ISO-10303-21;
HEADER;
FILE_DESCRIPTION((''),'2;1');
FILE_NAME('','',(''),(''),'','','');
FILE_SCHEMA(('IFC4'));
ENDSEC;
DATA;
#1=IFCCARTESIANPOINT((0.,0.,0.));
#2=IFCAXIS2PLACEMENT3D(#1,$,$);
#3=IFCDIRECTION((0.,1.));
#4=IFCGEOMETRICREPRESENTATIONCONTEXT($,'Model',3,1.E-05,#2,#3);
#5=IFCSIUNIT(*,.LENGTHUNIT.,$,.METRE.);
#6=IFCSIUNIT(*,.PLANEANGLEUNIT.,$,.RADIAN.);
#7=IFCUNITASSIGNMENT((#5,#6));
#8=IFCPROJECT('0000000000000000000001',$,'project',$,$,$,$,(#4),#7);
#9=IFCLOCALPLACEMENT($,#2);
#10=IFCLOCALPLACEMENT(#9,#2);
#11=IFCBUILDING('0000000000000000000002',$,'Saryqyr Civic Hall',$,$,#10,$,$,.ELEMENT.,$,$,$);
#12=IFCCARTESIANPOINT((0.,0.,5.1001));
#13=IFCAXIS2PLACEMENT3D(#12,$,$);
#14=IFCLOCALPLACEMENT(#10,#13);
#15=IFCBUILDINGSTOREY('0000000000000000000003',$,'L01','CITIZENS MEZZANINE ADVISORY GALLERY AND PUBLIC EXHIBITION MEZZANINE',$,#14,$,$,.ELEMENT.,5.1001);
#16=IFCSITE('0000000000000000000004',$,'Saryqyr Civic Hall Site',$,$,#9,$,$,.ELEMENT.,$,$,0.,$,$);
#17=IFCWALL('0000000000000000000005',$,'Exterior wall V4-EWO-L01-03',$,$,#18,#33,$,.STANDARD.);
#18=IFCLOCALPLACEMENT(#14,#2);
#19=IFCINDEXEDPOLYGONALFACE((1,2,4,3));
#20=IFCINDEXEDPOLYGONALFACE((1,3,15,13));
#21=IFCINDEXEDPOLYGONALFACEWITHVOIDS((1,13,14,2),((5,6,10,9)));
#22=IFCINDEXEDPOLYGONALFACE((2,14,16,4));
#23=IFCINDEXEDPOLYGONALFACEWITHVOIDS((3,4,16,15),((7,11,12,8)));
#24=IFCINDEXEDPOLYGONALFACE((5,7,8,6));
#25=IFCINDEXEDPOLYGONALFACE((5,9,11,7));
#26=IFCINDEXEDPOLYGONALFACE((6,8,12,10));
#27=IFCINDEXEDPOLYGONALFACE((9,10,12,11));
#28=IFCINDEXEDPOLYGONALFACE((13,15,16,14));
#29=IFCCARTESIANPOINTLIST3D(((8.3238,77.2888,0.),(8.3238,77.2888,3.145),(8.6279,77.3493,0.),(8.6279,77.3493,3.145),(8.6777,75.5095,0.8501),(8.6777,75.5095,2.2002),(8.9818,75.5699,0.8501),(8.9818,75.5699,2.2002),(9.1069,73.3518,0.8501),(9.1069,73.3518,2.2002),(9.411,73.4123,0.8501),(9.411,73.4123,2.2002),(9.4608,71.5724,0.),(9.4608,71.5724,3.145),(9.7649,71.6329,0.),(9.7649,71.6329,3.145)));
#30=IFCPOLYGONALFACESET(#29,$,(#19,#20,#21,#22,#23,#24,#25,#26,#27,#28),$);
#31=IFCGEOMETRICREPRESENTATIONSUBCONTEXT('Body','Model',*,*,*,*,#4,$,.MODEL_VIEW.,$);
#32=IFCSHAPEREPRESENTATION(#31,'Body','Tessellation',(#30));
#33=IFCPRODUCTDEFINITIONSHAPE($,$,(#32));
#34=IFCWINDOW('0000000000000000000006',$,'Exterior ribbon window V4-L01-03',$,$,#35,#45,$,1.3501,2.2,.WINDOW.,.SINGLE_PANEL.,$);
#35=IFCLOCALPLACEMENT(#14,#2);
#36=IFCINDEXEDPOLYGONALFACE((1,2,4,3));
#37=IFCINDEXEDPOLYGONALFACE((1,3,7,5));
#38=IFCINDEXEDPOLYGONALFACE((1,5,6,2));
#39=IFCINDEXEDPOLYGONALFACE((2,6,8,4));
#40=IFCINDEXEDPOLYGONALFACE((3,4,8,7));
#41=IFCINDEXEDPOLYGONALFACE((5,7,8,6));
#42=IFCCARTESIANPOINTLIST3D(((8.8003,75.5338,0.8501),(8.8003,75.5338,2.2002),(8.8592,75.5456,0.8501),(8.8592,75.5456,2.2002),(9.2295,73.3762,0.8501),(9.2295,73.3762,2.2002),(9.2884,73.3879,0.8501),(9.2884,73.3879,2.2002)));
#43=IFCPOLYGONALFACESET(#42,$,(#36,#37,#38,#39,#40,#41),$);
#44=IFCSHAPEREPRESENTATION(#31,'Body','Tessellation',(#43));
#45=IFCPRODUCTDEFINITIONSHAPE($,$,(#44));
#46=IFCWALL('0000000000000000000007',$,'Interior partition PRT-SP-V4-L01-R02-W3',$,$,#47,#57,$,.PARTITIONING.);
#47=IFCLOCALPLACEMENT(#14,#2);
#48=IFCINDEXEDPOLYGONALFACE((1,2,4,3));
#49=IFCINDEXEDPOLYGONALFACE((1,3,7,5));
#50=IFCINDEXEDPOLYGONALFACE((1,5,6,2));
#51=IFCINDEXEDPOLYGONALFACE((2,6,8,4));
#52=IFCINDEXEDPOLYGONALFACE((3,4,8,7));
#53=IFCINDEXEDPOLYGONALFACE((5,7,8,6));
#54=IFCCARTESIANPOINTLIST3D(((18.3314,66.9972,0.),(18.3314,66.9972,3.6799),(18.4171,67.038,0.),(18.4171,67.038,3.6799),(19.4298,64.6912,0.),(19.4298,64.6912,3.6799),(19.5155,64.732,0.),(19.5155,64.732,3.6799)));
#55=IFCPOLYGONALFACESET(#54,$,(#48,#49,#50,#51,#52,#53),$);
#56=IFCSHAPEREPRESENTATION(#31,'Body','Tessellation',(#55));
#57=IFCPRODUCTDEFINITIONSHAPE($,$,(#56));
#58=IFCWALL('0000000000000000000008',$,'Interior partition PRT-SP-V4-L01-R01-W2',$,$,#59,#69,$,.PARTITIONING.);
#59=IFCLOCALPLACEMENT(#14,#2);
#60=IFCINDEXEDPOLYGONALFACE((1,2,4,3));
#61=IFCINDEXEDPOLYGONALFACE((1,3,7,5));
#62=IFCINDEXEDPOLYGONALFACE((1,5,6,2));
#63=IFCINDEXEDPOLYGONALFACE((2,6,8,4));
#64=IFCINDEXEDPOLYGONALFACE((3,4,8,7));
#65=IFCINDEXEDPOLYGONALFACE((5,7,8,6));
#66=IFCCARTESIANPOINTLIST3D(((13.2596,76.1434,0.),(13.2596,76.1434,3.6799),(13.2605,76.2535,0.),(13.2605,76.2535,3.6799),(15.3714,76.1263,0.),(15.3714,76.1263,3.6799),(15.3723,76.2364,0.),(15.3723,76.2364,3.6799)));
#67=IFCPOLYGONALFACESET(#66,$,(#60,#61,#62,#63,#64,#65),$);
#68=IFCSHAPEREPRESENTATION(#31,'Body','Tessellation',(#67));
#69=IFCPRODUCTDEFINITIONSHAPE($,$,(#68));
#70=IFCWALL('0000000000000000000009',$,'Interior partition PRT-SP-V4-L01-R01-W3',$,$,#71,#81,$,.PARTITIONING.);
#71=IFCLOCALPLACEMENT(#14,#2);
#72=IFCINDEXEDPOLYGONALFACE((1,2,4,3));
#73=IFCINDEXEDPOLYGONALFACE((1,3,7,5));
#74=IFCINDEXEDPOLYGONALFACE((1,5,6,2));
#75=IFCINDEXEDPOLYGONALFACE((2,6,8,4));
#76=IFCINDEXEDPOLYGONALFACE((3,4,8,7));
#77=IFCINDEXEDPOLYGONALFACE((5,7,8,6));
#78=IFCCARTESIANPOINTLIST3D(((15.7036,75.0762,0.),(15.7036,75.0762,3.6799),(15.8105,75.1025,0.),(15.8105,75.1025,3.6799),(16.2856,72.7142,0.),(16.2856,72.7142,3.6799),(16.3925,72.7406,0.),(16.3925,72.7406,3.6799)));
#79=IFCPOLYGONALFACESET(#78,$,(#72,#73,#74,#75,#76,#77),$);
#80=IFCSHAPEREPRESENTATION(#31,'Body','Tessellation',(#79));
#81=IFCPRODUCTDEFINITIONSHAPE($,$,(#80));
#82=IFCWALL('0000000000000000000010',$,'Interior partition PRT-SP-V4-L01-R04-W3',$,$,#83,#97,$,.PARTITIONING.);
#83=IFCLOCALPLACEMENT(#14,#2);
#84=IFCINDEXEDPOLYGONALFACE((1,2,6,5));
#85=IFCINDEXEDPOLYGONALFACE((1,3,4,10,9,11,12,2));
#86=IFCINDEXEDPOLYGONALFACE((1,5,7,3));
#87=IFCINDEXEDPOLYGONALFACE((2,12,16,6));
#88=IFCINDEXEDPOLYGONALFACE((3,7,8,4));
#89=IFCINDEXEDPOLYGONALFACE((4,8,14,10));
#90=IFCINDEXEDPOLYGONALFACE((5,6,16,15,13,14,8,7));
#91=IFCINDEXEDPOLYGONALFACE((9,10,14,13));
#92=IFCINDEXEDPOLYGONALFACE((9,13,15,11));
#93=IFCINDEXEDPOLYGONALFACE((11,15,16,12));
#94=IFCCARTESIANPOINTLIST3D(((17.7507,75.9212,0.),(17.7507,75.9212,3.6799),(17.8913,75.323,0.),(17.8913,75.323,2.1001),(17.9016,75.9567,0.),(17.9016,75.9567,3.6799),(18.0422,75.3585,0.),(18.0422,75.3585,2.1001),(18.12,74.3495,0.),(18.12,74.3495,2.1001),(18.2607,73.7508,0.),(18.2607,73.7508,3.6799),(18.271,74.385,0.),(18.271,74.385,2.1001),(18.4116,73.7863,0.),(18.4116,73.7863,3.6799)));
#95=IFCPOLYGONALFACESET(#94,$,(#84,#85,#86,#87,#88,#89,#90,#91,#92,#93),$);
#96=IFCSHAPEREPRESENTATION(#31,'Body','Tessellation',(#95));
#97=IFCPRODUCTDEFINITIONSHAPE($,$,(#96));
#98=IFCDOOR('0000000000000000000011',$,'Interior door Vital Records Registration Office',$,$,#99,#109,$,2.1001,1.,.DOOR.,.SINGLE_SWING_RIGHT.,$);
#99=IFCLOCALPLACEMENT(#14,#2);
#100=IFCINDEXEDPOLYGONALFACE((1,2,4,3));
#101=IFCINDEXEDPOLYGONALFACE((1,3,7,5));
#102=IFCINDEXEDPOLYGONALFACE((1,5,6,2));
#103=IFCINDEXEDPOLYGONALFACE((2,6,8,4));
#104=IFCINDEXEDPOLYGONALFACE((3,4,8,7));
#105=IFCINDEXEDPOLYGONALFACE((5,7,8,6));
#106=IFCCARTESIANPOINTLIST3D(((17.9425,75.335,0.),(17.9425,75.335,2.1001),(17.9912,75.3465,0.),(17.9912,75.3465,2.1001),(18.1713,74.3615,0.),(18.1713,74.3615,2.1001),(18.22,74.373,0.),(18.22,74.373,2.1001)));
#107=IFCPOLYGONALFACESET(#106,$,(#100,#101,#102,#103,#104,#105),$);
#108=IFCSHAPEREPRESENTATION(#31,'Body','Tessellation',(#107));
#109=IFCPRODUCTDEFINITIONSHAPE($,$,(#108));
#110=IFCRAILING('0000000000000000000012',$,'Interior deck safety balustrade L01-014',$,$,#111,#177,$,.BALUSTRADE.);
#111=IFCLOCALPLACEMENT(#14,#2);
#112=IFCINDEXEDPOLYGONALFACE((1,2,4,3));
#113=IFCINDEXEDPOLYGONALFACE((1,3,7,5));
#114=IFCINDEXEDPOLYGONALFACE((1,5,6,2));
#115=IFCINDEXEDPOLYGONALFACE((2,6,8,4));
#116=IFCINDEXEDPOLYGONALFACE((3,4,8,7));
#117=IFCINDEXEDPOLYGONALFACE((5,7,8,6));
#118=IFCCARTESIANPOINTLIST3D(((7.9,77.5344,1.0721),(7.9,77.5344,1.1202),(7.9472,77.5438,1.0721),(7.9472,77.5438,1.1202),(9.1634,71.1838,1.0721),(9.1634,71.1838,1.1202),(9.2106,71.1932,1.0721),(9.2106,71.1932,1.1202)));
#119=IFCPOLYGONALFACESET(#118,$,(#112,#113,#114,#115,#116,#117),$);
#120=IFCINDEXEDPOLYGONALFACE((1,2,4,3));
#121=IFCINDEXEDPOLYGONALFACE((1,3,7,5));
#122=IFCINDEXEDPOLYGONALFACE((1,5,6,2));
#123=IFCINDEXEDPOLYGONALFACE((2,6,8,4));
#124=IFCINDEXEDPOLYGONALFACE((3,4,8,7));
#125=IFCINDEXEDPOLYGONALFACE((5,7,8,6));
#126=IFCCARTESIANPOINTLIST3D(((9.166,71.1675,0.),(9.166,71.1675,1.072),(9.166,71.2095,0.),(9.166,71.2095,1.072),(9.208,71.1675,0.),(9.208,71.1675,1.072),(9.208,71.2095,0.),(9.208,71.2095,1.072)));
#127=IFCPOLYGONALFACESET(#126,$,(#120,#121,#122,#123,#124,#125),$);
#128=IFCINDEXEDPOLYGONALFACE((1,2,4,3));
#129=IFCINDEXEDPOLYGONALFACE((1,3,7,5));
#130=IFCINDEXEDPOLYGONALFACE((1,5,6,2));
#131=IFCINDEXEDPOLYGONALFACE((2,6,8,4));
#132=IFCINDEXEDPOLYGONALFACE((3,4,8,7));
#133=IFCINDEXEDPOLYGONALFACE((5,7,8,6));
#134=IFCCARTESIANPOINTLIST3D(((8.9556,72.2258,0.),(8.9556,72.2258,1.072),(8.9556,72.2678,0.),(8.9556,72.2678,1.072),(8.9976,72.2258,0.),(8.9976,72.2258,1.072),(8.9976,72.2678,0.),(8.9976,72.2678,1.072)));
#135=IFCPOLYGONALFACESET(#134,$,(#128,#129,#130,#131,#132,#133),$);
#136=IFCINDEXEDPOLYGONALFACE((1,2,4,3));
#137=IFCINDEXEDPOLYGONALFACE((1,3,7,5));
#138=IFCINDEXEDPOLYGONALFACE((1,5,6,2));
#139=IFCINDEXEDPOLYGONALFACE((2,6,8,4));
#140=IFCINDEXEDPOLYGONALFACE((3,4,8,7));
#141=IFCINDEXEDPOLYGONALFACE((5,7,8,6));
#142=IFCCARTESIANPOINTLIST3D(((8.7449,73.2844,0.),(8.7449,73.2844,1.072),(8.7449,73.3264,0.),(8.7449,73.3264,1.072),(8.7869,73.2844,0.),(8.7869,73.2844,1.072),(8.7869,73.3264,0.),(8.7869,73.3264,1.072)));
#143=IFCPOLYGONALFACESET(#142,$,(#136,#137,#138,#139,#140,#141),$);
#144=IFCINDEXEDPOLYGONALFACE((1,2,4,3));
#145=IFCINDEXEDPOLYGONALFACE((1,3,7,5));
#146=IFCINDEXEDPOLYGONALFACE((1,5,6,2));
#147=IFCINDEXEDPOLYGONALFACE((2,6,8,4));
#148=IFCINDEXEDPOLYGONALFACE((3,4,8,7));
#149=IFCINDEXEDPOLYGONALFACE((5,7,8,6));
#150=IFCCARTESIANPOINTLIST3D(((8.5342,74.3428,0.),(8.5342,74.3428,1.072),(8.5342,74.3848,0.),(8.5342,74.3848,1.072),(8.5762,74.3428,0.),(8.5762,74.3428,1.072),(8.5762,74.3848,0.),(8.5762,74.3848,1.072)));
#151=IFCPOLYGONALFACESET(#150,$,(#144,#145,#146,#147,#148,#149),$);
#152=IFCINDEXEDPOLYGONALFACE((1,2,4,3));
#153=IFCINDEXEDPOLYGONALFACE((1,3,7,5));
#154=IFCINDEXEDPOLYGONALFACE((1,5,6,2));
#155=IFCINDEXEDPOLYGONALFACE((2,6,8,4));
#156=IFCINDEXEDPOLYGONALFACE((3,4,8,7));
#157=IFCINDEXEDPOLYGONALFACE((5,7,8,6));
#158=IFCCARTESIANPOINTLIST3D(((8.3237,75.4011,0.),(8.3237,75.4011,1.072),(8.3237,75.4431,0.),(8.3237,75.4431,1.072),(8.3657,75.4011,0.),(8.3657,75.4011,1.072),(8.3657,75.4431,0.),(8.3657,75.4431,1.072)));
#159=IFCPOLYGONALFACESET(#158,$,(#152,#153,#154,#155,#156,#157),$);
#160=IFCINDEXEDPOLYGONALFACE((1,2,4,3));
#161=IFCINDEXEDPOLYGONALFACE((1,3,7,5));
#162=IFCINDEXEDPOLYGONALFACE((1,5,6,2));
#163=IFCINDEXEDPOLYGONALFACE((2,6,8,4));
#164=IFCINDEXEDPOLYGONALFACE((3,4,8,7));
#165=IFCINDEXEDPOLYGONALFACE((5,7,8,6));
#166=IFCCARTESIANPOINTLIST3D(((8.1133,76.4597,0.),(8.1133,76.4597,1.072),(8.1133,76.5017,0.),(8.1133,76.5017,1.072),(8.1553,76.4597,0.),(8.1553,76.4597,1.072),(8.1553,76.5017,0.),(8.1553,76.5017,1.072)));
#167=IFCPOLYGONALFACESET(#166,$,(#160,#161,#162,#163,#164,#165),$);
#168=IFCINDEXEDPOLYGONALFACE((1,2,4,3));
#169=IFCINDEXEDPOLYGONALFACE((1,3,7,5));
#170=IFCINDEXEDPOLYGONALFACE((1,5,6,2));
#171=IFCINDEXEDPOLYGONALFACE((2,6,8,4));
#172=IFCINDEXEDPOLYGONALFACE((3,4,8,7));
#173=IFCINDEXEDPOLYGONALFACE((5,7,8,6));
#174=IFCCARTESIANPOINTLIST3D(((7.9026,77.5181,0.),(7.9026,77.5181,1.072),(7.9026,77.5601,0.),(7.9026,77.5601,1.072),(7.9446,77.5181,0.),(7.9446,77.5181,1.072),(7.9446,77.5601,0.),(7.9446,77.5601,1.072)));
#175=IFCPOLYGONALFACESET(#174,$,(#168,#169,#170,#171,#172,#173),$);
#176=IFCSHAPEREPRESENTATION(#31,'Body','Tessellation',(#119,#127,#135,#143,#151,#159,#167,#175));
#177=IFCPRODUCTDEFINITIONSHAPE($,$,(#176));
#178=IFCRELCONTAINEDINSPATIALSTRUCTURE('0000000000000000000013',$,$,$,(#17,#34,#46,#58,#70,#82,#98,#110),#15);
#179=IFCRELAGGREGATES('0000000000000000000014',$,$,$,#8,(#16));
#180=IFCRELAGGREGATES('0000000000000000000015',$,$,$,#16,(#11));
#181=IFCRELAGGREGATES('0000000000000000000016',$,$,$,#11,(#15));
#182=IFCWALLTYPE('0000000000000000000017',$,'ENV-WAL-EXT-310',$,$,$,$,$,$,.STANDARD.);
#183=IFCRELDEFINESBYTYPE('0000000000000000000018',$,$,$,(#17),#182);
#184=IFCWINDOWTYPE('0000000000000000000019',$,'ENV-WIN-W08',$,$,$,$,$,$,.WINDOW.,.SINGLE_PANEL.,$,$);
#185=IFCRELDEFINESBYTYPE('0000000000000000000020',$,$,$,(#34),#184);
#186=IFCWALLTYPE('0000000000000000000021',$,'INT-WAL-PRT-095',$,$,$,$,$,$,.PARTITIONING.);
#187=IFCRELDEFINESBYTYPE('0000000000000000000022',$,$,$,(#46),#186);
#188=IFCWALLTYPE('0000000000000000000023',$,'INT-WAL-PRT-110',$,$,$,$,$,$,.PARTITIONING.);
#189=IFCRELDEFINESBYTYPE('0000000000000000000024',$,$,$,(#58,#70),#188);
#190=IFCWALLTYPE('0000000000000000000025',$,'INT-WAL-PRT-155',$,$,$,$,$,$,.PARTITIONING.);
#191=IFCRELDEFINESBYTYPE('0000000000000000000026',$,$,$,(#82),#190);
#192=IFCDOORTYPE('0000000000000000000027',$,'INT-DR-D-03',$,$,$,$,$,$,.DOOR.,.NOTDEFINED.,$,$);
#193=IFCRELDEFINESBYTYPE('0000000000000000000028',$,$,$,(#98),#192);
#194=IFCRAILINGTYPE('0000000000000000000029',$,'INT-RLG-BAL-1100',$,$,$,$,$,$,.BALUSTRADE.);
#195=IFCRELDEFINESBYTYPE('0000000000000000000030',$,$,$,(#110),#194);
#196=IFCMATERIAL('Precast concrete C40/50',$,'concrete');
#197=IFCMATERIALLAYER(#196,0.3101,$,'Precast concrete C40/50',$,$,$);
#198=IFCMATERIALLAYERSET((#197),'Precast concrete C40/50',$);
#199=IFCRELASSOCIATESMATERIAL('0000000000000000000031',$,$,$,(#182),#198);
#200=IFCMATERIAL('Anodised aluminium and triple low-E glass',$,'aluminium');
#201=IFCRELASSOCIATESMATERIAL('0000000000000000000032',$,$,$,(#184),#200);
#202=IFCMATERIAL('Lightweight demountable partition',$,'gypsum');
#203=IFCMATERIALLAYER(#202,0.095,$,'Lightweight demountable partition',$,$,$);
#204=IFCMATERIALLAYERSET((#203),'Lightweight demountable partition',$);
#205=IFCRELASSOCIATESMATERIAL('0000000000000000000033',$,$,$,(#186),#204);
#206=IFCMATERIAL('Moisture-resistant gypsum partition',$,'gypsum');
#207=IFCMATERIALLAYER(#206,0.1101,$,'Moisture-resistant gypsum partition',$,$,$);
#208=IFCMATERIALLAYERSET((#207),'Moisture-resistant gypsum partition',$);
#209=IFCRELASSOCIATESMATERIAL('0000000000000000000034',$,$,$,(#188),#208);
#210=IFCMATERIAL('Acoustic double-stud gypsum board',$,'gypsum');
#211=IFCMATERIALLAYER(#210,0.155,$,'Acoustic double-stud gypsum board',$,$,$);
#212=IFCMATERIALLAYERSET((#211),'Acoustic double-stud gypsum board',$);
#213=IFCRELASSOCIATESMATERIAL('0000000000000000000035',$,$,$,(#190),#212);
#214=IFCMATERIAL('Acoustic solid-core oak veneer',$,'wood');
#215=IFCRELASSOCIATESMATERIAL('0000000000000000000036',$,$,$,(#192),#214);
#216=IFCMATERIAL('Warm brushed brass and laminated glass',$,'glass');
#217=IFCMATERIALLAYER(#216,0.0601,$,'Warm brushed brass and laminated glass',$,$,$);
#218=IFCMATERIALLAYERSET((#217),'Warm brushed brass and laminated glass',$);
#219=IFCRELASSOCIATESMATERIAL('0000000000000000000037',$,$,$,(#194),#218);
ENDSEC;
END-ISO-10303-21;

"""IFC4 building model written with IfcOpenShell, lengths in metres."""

from ifc_helpers import new_model, si_unit, direction, frame, frame_2d, origin, origin_2d, place, context, subcontext, project, spatial, rectangle, extrude, material, layer, layer_set, type_object, element, fill, save


model = new_model("IFC4")

# Units and contexts
model_context = context("Model", 3, precision=1e-05, world=origin(), true_north=direction((0.0, 1.0)))
body_context = subcontext(model_context, "Body", "Model", "MODEL_VIEW")
ifc_project = project(units=[si_unit("LENGTHUNIT", "METRE"), si_unit("PLANEANGLEUNIT", "RADIAN")], contexts=[model_context])

# Site, building, storey
site_placement = place(None, origin())
site = spatial("IfcSite", under=ifc_project, at=site_placement, Name="Saryqyr Civic Hall Site", CompositionType="ELEMENT", RefElevation=0.0)
building_placement = place(site_placement, origin())
building = spatial("IfcBuilding", under=site, at=building_placement, Name="Saryqyr Civic Hall", CompositionType="ELEMENT")
storey_placement = place(building_placement, frame((0.0, 0.0, 5.1001)))
storey = spatial("IfcBuildingStorey", under=building, at=storey_placement, Name="L01", Description="CITIZENS MEZZANINE ADVISORY GALLERY AND PUBLIC EXHIBITION MEZZANINE", CompositionType="ELEMENT", Elevation=5.1001)

# Shared definitions
ifc_material_1 = material(Name="Anodised aluminium and triple low-E glass", Category="aluminium")

# Shared definitions
ifc_material_2 = material(Name="Precast concrete C40/50", Category="concrete")

# Wall, opening, window
ifc_layer_1 = layer(ifc_material_2, 0.3101, Name="Precast concrete C40/50")
ifc_layer_set_1 = layer_set([ifc_layer_1], Name="Precast concrete C40/50")
wall_type_1 = type_object("IfcWallType", Name="ENV-WAL-EXT-310", PredefinedType="STANDARD", material=ifc_layer_set_1)
wall_1_placement = place(storey_placement, frame((9.6128, 71.6028, 0.0), z_axis=(0.0, 0.0, 1.0), x_axis=(-0.195077, 0.980788, 0.0)))
wall_1 = element("IfcWall", 1, at=wall_1_placement, inside=storey, type_object=wall_type_1, Name="Exterior wall V4-EWO-L01-03", PredefinedType="STANDARD", context=body_context, shape_type="SweptSolid", body=[
    extrude(rectangle(XDim=5.8284, YDim=0.3101, at=frame_2d((2.9141, 0.0))), origin(), (0.0, 0.0, 1.0), 3.145),
])
opening_1_placement = place(wall_1_placement, frame((1.814, 0.0, 0.8501)))
opening_1 = element("IfcOpeningElement", 2, at=opening_1_placement, cuts=wall_1, PredefinedType="OPENING", context=body_context, shape_type="SweptSolid", body=[
    extrude(rectangle(XDim=2.2, YDim=1.3501, at=frame_2d((1.1001, 0.675))), frame((0.0, 0.165, 0.0), z_axis=(0.0, -1.0, 0.0), x_axis=(1.0, 0.0, 0.0)), (0.0, 0.0, 1.0), 0.3301),
])
window_type = type_object("IfcWindowType", Name="ENV-WIN-W08", PartitioningType="SINGLE_PANEL", PredefinedType="WINDOW", material=ifc_material_1)
window_placement = place(opening_1_placement, origin())
window = element("IfcWindow", 3, at=window_placement, inside=storey, type_object=window_type, Name="Exterior ribbon window V4-L01-03", OverallHeight=1.3501, OverallWidth=2.2, PartitioningType="SINGLE_PANEL", PredefinedType="WINDOW", context=body_context, shape_type="SweptSolid", body=[
    extrude(rectangle(XDim=2.2, YDim=1.3501, at=frame_2d((1.1001, 0.675))), frame((0.0, 0.03, 0.0), z_axis=(0.0, -1.0, 0.0), x_axis=(1.0, 0.0, 0.0)), (0.0, 0.0, 1.0), 0.0601),
])
fill(opening_1, window)

# Walls
ifc_material_3 = material(Name="Lightweight demountable partition", Category="gypsum")
ifc_layer_2 = layer(ifc_material_3, 0.095, Name="Lightweight demountable partition")
ifc_layer_set_2 = layer_set([ifc_layer_2], Name="Lightweight demountable partition")
wall_type_2 = type_object("IfcWallType", Name="INT-WAL-PRT-095", PredefinedType="PARTITIONING", material=ifc_layer_set_2)
wall_2_placement = place(storey_placement, frame((18.3743, 67.0176, 0.0), z_axis=(0.0, 0.0, 1.0), x_axis=(0.430041, -0.902809, 0.0)))
element("IfcWall", 4, at=wall_2_placement, inside=storey, type_object=wall_type_2, Name="Interior partition PRT-SP-V4-L01-R02-W3", PredefinedType="PARTITIONING", context=body_context, shape_type="SweptSolid", body=[
    extrude(rectangle(XDim=2.5542, YDim=0.095, at=frame_2d((1.2771, 0.0))), origin(), (0.0, 0.0, 1.0), 3.6799),
])
ifc_material_4 = material(Name="Moisture-resistant gypsum partition", Category="gypsum")
ifc_layer_3 = layer(ifc_material_4, 0.1101, Name="Moisture-resistant gypsum partition")
ifc_layer_set_3 = layer_set([ifc_layer_3], Name="Moisture-resistant gypsum partition")
wall_type_3 = type_object("IfcWallType", Name="INT-WAL-PRT-110", PredefinedType="PARTITIONING", material=ifc_layer_set_3)
wall_3_placement = place(storey_placement, frame((15.3718, 76.1814, 0.0), z_axis=(0.0, 0.0, 1.0), x_axis=(-0.999967, 0.008092, 0.0)))
element("IfcWall", 5, at=wall_3_placement, inside=storey, type_object=wall_type_3, Name="Interior partition PRT-SP-V4-L01-R01-W2", PredefinedType="PARTITIONING", context=body_context, shape_type="SweptSolid", body=[
    extrude(rectangle(XDim=2.1118, YDim=0.1101, at=frame_2d((1.0559, 0.0))), origin(), (0.0, 0.0, 1.0), 3.6799),
])
wall_4_placement = place(storey_placement, frame((15.7571, 75.0894, 0.0), z_axis=(0.0, 0.0, 1.0), x_axis=(0.239252, -0.970958, 0.0)))
element("IfcWall", 6, at=wall_4_placement, inside=storey, type_object=wall_type_3, Name="Interior partition PRT-SP-V4-L01-R01-W3", PredefinedType="PARTITIONING", context=body_context, shape_type="SweptSolid", body=[
    extrude(rectangle(XDim=2.4326, YDim=0.1101, at=frame_2d((1.2163, 0.0))), origin(), (0.0, 0.0, 1.0), 3.6799),
])

# Wall, opening, door
ifc_material_5 = material(Name="Acoustic double-stud gypsum board", Category="gypsum")
ifc_layer_4 = layer(ifc_material_5, 0.155, Name="Acoustic double-stud gypsum board")
ifc_layer_set_4 = layer_set([ifc_layer_4], Name="Acoustic double-stud gypsum board")
wall_type_4 = type_object("IfcWallType", Name="INT-WAL-PRT-155", PredefinedType="PARTITIONING", material=ifc_layer_set_4)
wall_5_placement = place(storey_placement, frame((18.3362, 73.7686, 0.0), z_axis=(0.0, 0.0, 1.0), x_axis=(-0.228752, 0.973485, 0.0)))
wall_5 = element("IfcWall", 7, at=wall_5_placement, inside=storey, type_object=wall_type_4, Name="Interior partition PRT-SP-V4-L01-R04-W3", PredefinedType="PARTITIONING", context=body_context, shape_type="SweptSolid", body=[
    extrude(rectangle(XDim=2.2295, YDim=0.155, at=frame_2d((1.1147, 0.0))), origin(), (0.0, 0.0, 1.0), 3.6799),
])
opening_2_placement = place(wall_5_placement, frame((0.615, 0.0, 0.0)))
opening_2 = element("IfcOpeningElement", 8, at=opening_2_placement, cuts=wall_5, PredefinedType="OPENING", context=body_context, shape_type="SweptSolid", body=[
    extrude(rectangle(XDim=1.0, YDim=2.1001, at=frame_2d((0.5, 1.05))), frame((0.0, 0.0874, 0.0), z_axis=(0.0, -1.0, 0.0), x_axis=(1.0, 0.0, 0.0)), (0.0, 0.0, 1.0), 0.175),
])
ifc_material_6 = material(Name="Acoustic solid-core oak veneer", Category="wood")
door_type = type_object("IfcDoorType", Name="INT-DR-D-03", OperationType="NOTDEFINED", PredefinedType="DOOR", material=ifc_material_6)
door_placement = place(opening_2_placement, origin())
door = element("IfcDoor", 9, at=door_placement, inside=storey, type_object=door_type, Name="Interior door Vital Records Registration Office", OperationType="SINGLE_SWING_RIGHT", OverallHeight=2.1001, OverallWidth=1.0, PredefinedType="DOOR", context=body_context, shape_type="SweptSolid", body=[
    extrude(rectangle(XDim=1.0, YDim=2.1001, at=frame_2d((0.5, 1.05))), frame((0.0, 0.0249, 0.0), z_axis=(0.0, -1.0, 0.0), x_axis=(1.0, 0.0, 0.0)), (0.0, 0.0, 1.0), 0.05),
])
fill(opening_2, door)

# Railing
ifc_material_7 = material(Name="Warm brushed brass and laminated glass", Category="glass")
ifc_layer_5 = layer(ifc_material_7, 0.0601, Name="Warm brushed brass and laminated glass")
ifc_layer_set_5 = layer_set([ifc_layer_5], Name="Warm brushed brass and laminated glass")
railing_type = type_object("IfcRailingType", Name="INT-RLG-BAL-1100", PredefinedType="BALUSTRADE", material=ifc_layer_set_5)
railing_1_placement = place(storey_placement, frame((9.187, 71.1885, 0.0)))
element("IfcRailing", 10, at=railing_1_placement, inside=storey, type_object=railing_type, Name="Interior deck safety balustrade L01-014", PredefinedType="BALUSTRADE", context=body_context, shape_type="SweptSolid", body=[
    extrude(rectangle(XDim=0.0481, YDim=0.0481, at=origin_2d()), frame((0.0, 0.0, 1.0962), z_axis=(-0.195123, 0.980779, 0.0), x_axis=(-0.980779, -0.195123, 0.0)), (0.0, 0.0, 1.0), 6.4751),
    extrude(rectangle(XDim=0.042, YDim=0.042, at=origin_2d()), origin(), (0.0, 0.0, 1.0), 1.072),
    extrude(rectangle(XDim=0.042, YDim=0.042, at=origin_2d()), frame((-0.2104, 1.0583, 0.0)), (0.0, 0.0, 1.0), 1.072),
    extrude(rectangle(XDim=0.042, YDim=0.042, at=origin_2d()), frame((-0.4211, 2.1169, 0.0)), (0.0, 0.0, 1.0), 1.072),
    extrude(rectangle(XDim=0.042, YDim=0.042, at=origin_2d()), frame((-0.6318, 3.1753, 0.0)), (0.0, 0.0, 1.0), 1.072),
    extrude(rectangle(XDim=0.042, YDim=0.042, at=origin_2d()), frame((-0.8423, 4.2336, 0.0)), (0.0, 0.0, 1.0), 1.072),
    extrude(rectangle(XDim=0.042, YDim=0.042, at=origin_2d()), frame((-1.0527, 5.2922, 0.0)), (0.0, 0.0, 1.0), 1.072),
    extrude(rectangle(XDim=0.042, YDim=0.042, at=origin_2d()), frame((-1.2634, 6.3506, 0.0)), (0.0, 0.0, 1.0), 1.072),
])

save(model, "model.ifc")
